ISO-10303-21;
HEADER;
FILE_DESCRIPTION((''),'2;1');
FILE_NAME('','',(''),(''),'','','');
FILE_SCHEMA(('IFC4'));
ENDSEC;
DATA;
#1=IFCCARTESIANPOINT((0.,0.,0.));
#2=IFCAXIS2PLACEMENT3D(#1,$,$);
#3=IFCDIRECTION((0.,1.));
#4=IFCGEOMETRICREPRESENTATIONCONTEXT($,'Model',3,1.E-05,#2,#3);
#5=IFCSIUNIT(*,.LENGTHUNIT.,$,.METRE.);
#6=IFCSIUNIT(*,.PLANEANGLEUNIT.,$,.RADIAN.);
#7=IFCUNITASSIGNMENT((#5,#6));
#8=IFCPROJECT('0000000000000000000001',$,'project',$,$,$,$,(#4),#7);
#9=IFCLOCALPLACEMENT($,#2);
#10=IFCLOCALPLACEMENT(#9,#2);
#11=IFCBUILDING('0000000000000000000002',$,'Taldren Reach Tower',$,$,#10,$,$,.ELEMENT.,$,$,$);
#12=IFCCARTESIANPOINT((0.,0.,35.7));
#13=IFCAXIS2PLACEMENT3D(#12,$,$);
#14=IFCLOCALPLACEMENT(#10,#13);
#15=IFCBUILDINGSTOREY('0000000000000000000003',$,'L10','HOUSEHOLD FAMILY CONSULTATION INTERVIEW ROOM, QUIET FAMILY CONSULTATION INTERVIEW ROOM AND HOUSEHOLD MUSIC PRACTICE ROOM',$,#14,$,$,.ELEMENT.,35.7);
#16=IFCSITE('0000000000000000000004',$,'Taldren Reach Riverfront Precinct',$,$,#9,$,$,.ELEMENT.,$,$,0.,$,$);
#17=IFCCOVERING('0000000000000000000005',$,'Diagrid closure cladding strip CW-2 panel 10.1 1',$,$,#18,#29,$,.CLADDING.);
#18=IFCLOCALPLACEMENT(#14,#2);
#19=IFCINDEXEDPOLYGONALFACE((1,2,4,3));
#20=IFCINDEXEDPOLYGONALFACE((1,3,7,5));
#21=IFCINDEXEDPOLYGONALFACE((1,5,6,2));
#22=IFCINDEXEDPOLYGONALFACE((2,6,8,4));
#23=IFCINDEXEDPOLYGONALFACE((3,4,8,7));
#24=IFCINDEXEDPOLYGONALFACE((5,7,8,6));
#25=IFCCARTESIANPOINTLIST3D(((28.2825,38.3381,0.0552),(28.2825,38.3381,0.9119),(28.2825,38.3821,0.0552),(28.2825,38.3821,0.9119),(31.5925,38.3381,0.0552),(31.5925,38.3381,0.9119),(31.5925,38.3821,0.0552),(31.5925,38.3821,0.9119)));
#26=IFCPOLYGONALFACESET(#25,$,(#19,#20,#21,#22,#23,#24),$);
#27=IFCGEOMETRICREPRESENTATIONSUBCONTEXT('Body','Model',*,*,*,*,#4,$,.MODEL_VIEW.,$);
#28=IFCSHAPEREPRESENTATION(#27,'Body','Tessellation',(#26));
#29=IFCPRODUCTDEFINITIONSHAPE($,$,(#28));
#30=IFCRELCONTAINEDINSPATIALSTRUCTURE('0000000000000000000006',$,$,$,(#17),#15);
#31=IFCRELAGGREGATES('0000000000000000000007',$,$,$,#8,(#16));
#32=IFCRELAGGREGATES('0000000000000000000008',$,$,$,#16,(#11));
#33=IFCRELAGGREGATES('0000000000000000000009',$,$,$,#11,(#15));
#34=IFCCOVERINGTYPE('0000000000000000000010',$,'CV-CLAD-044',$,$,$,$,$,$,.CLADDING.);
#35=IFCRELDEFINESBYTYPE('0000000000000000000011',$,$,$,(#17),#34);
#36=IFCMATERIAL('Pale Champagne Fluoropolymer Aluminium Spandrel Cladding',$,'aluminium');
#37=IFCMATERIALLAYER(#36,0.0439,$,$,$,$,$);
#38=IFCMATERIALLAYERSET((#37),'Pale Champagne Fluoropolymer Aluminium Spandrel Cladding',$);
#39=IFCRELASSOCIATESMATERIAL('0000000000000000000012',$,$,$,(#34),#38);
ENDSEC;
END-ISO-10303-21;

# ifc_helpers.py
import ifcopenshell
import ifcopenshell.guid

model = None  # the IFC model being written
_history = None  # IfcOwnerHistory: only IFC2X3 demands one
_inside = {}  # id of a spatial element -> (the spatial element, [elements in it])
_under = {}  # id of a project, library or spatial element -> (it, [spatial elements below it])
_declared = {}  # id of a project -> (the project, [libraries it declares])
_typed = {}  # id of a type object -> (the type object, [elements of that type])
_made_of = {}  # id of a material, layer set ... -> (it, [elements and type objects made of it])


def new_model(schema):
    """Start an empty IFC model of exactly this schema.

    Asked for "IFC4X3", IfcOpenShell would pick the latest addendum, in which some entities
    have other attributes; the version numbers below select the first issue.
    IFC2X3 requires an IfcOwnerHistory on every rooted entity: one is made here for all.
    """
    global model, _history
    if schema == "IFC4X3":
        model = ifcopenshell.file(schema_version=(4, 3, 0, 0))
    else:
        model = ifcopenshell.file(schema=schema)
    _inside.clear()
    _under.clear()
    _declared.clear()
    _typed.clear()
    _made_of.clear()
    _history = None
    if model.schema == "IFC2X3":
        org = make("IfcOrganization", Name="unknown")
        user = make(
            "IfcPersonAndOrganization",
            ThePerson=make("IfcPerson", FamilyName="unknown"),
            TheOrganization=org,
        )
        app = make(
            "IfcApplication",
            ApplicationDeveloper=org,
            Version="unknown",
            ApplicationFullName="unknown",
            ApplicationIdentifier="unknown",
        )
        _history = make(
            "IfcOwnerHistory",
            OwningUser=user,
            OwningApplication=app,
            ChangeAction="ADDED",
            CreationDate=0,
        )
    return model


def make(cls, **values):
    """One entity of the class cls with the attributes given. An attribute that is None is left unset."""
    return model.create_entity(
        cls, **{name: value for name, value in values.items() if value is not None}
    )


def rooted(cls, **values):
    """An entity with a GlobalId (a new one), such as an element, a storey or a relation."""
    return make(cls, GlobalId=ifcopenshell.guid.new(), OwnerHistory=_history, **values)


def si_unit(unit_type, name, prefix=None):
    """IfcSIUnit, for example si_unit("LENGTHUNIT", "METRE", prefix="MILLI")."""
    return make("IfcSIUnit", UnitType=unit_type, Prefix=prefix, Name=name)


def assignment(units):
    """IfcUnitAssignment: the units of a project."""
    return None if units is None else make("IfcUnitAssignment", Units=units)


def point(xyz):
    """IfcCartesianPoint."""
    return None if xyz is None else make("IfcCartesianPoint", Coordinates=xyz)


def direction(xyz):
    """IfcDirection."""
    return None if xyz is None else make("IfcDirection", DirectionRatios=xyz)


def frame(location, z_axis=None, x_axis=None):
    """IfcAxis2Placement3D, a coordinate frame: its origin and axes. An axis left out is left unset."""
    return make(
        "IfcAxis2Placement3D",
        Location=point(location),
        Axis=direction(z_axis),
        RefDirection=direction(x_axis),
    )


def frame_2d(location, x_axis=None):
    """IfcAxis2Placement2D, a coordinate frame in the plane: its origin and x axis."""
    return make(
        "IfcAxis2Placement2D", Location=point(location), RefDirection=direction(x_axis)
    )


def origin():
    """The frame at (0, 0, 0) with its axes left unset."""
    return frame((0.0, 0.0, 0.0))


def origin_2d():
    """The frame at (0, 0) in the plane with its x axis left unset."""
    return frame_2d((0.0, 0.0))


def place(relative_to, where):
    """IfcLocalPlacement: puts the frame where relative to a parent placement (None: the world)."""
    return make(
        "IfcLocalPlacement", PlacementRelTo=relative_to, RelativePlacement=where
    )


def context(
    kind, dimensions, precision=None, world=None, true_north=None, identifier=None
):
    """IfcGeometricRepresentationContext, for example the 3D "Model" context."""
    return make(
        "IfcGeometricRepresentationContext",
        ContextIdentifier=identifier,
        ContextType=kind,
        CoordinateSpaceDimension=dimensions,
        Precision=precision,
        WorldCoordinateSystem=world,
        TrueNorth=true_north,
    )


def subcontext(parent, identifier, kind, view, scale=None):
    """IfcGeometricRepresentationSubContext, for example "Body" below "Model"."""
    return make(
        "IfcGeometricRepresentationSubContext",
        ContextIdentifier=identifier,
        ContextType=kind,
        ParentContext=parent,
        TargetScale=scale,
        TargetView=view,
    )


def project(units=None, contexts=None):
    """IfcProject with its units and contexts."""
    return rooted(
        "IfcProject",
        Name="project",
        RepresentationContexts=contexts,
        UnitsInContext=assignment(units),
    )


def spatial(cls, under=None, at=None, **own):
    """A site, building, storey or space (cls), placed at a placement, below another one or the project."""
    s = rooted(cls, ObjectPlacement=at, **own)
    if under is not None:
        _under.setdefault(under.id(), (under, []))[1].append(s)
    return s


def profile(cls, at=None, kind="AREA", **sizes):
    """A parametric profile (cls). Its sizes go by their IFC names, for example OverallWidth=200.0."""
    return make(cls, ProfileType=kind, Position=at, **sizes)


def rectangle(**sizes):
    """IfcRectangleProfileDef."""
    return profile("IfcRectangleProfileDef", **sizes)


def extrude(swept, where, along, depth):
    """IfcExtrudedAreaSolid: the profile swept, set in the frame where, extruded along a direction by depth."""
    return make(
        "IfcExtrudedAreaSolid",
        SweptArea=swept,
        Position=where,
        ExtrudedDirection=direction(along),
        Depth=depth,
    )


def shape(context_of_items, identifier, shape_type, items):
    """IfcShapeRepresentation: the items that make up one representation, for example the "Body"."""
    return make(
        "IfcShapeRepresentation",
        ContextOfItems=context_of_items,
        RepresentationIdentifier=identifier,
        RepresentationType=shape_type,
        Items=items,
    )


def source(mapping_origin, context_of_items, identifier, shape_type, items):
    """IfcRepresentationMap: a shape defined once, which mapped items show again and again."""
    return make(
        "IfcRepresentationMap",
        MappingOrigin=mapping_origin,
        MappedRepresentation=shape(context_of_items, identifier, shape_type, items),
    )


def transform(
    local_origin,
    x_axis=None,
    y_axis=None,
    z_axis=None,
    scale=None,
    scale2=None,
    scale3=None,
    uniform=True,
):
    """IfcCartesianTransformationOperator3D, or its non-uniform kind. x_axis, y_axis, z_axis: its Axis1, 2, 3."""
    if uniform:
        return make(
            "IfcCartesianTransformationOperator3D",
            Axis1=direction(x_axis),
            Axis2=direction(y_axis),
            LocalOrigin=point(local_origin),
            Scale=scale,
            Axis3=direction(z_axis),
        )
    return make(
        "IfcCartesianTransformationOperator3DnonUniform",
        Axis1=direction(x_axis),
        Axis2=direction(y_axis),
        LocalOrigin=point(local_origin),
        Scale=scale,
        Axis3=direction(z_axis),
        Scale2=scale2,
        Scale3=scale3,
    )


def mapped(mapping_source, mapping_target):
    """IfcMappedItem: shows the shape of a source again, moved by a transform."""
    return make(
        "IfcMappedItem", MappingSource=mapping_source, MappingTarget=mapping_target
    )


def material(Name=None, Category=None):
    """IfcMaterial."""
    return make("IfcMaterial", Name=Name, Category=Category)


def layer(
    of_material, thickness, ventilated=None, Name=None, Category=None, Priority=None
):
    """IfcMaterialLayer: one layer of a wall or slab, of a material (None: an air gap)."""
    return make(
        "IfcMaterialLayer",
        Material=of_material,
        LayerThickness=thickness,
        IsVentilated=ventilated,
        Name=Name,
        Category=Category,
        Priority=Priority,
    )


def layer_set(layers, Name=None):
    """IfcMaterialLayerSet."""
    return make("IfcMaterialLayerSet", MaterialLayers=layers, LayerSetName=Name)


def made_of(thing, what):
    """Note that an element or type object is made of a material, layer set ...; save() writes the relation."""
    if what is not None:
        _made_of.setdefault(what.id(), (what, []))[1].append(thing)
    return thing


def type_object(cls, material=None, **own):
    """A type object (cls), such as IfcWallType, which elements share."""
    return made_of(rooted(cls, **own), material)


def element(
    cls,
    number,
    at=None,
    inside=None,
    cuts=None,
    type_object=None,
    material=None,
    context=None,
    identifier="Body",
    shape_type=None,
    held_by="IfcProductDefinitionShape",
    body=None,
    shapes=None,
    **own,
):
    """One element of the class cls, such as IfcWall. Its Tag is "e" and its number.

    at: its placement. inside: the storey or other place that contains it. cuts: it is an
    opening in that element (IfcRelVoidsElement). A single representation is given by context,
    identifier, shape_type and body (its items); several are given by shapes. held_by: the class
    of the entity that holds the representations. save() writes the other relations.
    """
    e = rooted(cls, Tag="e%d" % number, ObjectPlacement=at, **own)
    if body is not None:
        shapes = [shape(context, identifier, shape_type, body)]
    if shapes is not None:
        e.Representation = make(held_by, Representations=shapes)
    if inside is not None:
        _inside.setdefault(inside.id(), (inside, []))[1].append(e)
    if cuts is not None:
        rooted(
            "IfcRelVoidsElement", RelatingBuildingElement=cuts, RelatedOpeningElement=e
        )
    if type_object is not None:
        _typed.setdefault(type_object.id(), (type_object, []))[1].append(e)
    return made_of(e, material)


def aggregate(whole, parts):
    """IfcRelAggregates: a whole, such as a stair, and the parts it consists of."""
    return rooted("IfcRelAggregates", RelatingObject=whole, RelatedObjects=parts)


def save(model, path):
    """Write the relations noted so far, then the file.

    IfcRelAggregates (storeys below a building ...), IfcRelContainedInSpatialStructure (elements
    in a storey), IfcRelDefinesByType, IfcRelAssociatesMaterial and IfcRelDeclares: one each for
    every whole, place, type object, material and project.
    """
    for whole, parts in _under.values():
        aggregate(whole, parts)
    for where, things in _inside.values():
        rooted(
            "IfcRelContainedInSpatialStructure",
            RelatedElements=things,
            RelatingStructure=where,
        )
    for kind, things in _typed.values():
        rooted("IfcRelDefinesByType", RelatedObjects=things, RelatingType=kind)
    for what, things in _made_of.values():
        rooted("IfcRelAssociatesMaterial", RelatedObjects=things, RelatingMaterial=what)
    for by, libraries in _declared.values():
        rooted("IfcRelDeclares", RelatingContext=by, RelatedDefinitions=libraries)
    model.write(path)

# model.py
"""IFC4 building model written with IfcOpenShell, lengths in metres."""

from ifc_helpers import new_model, si_unit, direction, frame, origin, origin_2d, place, context, subcontext, project, spatial, rectangle, extrude, source, transform, mapped, material, layer, layer_set, type_object, element, save


model = new_model("IFC4")

# Units and contexts
model_context = context("Model", 3, precision=1e-05, world=origin(), true_north=direction((0.0, 1.0)))
body_context = subcontext(model_context, "Body", "Model", "MODEL_VIEW")
ifc_project = project(units=[si_unit("LENGTHUNIT", "METRE"), si_unit("PLANEANGLEUNIT", "RADIAN")], contexts=[model_context])

# Site, building, storey
site_placement = place(None, origin())
site = spatial("IfcSite", under=ifc_project, at=site_placement, Name="Taldren Reach Riverfront Precinct", CompositionType="ELEMENT", RefElevation=0.0)
building_placement = place(site_placement, origin())
building = spatial("IfcBuilding", under=site, at=building_placement, Name="Taldren Reach Tower", CompositionType="ELEMENT")
storey_placement = place(building_placement, frame((0.0, 0.0, 35.7)))
storey = spatial("IfcBuildingStorey", under=building, at=storey_placement, Name="L10", Description="HOUSEHOLD FAMILY CONSULTATION INTERVIEW ROOM, QUIET FAMILY CONSULTATION INTERVIEW ROOM AND HOUSEHOLD MUSIC PRACTICE ROOM", CompositionType="ELEMENT", Elevation=35.7)

# Covering
ifc_material_1 = material(Name="Pale Champagne Fluoropolymer Aluminium Spandrel Cladding", Category="aluminium")
ifc_layer_1 = layer(ifc_material_1, 0.0439)
ifc_layer_set_1 = layer_set([ifc_layer_1], Name="Pale Champagne Fluoropolymer Aluminium Spandrel Cladding")
covering_type = type_object("IfcCoveringType", Name="CV-CLAD-044", PredefinedType="CLADDING", material=ifc_layer_set_1)
shared_shape_1 = source(origin(), body_context, "Body", "SweptSolid", [
    extrude(rectangle(XDim=3.3101, YDim=0.0439, at=origin_2d()), origin(), (0.0, 0.0, 1.0), 0.8567),
])
covering_1_placement = place(storey_placement, frame((29.9375, 38.3601, 0.0552), z_axis=(0.0, 0.0, 1.0), x_axis=(-1.0, 0.0, 0.0)))
element("IfcCovering", 1, at=covering_1_placement, inside=storey, type_object=covering_type, Name="Diagrid closure cladding strip CW-2 panel 10.1 1", PredefinedType="CLADDING", context=body_context, shape_type="MappedRepresentation", body=[
    mapped(shared_shape_1, transform((0.0, 0.0, 0.0), scale=1.0)),
])

save(model, "model.ifc")
